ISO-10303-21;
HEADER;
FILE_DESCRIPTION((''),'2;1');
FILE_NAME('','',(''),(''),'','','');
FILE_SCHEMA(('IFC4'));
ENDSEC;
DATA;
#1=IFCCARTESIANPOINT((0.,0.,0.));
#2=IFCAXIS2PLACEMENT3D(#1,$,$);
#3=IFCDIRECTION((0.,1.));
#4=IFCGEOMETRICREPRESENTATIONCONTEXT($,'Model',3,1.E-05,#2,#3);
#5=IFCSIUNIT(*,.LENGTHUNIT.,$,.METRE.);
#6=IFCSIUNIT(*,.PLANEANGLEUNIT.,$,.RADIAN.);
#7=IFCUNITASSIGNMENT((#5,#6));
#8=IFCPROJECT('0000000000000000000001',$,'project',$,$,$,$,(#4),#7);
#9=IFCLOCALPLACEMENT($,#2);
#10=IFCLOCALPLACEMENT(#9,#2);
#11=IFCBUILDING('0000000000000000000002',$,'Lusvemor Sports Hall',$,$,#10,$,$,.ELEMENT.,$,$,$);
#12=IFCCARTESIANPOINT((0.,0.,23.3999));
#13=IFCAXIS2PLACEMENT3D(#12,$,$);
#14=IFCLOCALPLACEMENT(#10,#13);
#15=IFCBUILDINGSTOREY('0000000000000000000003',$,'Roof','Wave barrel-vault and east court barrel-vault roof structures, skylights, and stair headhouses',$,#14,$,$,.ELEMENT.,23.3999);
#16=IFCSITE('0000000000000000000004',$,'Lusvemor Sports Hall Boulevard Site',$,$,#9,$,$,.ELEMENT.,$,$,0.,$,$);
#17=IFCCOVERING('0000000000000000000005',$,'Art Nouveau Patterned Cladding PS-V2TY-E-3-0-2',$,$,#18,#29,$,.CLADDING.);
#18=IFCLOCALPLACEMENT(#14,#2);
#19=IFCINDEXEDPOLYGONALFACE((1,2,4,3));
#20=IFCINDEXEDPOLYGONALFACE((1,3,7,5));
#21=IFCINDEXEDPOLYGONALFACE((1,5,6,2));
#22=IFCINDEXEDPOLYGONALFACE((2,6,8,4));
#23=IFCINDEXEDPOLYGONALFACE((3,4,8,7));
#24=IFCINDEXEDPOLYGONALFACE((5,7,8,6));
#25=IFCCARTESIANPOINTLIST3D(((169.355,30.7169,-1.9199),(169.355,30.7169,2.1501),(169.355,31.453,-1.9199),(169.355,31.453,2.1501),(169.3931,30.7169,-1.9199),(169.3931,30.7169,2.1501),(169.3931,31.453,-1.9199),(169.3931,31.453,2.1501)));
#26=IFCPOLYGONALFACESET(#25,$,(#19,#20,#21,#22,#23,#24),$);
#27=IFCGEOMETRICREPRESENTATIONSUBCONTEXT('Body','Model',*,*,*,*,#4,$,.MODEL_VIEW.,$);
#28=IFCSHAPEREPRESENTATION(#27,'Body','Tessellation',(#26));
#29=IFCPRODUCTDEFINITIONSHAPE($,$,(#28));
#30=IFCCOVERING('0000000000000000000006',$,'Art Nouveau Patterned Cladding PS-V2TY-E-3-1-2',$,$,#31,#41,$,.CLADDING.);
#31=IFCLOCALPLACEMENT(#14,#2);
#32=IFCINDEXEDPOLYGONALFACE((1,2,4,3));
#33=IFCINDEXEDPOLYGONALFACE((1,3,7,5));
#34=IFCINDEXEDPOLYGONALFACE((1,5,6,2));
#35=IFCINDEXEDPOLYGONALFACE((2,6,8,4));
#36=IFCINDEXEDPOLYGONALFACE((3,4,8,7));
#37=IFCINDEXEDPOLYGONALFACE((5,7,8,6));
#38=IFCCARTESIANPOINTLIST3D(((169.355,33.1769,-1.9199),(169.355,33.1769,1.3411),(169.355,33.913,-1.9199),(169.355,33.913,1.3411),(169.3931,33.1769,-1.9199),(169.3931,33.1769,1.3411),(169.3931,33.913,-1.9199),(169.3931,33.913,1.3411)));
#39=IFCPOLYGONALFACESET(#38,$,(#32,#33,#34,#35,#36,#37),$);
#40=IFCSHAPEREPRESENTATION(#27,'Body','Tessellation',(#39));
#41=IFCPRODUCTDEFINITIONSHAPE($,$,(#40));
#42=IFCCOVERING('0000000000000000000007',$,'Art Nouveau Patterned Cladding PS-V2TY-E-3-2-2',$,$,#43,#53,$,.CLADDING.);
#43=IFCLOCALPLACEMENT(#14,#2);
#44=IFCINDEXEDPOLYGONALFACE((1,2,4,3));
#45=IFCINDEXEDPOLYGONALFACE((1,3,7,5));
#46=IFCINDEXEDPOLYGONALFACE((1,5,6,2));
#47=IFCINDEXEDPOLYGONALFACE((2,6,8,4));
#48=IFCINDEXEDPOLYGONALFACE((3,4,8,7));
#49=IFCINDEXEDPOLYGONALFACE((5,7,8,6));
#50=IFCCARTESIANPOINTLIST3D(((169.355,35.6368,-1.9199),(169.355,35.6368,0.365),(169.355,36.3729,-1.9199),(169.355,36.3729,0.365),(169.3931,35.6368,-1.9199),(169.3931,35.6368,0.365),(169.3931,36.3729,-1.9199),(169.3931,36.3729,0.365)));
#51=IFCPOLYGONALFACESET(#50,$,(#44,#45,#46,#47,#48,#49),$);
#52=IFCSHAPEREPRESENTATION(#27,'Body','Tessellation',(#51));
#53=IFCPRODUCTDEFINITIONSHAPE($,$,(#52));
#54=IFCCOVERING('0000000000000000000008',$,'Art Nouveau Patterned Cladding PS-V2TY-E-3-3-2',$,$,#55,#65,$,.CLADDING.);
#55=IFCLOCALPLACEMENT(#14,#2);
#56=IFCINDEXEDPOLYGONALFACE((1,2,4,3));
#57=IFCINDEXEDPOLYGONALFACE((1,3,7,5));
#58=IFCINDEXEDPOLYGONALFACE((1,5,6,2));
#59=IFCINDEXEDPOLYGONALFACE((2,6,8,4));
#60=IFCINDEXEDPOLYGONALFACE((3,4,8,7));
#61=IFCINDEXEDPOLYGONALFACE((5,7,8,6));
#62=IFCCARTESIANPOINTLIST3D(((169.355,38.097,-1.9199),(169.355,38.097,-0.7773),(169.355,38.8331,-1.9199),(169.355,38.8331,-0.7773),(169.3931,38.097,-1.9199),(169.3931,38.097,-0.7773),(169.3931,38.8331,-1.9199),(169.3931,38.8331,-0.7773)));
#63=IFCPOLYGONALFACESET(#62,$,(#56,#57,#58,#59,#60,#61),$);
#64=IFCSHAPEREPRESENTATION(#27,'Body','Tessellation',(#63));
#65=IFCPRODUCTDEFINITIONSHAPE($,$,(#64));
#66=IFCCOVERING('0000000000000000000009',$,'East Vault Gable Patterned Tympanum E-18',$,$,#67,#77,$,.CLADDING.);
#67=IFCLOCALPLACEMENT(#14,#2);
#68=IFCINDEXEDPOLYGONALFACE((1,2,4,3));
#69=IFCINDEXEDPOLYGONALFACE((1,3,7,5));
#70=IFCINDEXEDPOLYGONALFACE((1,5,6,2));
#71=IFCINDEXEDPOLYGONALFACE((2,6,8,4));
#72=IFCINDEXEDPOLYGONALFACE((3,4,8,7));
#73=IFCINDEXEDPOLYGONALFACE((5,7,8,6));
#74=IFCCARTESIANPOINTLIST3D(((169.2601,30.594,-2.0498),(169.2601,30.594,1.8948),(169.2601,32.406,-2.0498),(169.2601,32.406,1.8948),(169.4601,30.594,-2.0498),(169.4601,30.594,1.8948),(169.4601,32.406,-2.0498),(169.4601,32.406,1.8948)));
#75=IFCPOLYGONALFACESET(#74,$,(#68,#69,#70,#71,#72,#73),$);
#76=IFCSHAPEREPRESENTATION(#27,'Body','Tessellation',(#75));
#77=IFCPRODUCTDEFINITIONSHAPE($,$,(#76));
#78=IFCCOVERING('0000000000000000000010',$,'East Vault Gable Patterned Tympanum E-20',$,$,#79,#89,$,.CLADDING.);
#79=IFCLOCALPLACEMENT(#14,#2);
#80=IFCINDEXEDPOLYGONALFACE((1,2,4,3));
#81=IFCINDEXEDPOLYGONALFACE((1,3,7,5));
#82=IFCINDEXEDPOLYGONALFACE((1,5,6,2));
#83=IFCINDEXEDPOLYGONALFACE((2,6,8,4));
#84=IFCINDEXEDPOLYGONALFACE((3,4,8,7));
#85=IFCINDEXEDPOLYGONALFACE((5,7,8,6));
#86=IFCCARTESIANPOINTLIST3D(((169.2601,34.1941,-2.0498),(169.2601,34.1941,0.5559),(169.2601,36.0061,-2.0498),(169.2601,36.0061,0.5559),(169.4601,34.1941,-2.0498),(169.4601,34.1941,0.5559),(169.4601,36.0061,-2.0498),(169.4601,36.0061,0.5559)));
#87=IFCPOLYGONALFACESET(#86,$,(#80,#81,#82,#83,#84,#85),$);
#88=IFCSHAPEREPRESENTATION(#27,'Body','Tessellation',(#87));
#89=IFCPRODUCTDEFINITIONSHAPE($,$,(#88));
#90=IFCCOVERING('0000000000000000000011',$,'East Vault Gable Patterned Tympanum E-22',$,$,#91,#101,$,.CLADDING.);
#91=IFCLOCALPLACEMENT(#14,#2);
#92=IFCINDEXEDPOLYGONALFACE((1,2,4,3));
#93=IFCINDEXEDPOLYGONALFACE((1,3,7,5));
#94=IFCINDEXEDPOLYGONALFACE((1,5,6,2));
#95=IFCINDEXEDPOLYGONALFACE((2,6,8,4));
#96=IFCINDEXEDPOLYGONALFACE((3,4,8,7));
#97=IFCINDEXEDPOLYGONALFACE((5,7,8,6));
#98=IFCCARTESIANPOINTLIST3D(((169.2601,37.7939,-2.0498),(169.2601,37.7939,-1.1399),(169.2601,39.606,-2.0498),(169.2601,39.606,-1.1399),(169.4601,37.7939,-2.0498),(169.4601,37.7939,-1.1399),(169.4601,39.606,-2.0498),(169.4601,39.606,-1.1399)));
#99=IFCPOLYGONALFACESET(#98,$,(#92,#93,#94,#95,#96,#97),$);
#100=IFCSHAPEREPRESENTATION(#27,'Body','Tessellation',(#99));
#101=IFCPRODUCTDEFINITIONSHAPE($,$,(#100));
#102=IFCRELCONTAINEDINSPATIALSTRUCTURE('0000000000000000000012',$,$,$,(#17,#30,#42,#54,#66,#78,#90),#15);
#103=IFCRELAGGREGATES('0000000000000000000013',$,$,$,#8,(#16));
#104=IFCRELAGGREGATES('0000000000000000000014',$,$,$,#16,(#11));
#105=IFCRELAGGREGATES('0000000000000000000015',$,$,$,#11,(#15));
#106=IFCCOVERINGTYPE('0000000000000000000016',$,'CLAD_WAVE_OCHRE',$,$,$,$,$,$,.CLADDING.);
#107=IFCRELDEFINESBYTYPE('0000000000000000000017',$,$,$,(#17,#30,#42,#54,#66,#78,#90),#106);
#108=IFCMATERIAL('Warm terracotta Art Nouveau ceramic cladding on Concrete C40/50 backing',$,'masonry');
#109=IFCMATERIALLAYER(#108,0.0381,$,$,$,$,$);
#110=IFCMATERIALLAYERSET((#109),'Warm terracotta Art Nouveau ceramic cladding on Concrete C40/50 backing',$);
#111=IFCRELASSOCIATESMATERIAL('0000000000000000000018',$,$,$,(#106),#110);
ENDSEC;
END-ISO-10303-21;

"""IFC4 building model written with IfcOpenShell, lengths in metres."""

from ifc_helpers import new_model, si_unit, direction, frame, origin, origin_2d, place, context, subcontext, project, spatial, rectangle, extrude, material, layer, layer_set, type_object, element, save


model = new_model("IFC4")

# Units and contexts
model_context = context("Model", 3, precision=1e-05, world=origin(), true_north=direction((0.0, 1.0)))
body_context = subcontext(model_context, "Body", "Model", "MODEL_VIEW")
ifc_project = project(units=[si_unit("LENGTHUNIT", "METRE"), si_unit("PLANEANGLEUNIT", "RADIAN")], contexts=[model_context])

# Site, building, storey
site_placement = place(None, origin())
site = spatial("IfcSite", under=ifc_project, at=site_placement, Name="Lusvemor Sports Hall Boulevard Site", CompositionType="ELEMENT", RefElevation=0.0)
building_placement = place(site_placement, origin())
building = spatial("IfcBuilding", under=site, at=building_placement, Name="Lusvemor Sports Hall", CompositionType="ELEMENT")
storey_placement = place(building_placement, frame((0.0, 0.0, 23.3999)))
storey = spatial("IfcBuildingStorey", under=building, at=storey_placement, Name="Roof", Description="Wave barrel-vault and east court barrel-vault roof structures, skylights, and stair headhouses", CompositionType="ELEMENT", Elevation=23.3999)

# Coverings
ifc_material_1 = material(Name="Warm terracotta Art Nouveau ceramic cladding on Concrete C40/50 backing", Category="masonry")
ifc_layer_1 = layer(ifc_material_1, 0.0381)
ifc_layer_set_1 = layer_set([ifc_layer_1], Name="Warm terracotta Art Nouveau ceramic cladding on Concrete C40/50 backing")
covering_type_1 = type_object("IfcCoveringType", Name="CLAD_WAVE_OCHRE", PredefinedType="CLADDING", material=ifc_layer_set_1)
covering_1_placement = place(storey_placement, frame((169.374, 31.085, -1.9199), z_axis=(0.0, 0.0, 1.0), x_axis=(1.0, 0.0, 0.0)))
element("IfcCovering", 1, at=covering_1_placement, inside=storey, type_object=covering_type_1, Name="Art Nouveau Patterned Cladding PS-V2TY-E-3-0-2", PredefinedType="CLADDING", context=body_context, shape_type="SweptSolid", body=[
    extrude(rectangle(XDim=0.0381, YDim=0.7361, at=origin_2d()), origin(), (0.0, 0.0, 1.0), 4.0701),
])
covering_2_placement = place(storey_placement, frame((169.374, 33.5449, -1.9199), z_axis=(0.0, 0.0, 1.0), x_axis=(1.0, 0.0, 0.0)))
element("IfcCovering", 2, at=covering_2_placement, inside=storey, type_object=covering_type_1, Name="Art Nouveau Patterned Cladding PS-V2TY-E-3-1-2", PredefinedType="CLADDING", context=body_context, shape_type="SweptSolid", body=[
    extrude(rectangle(XDim=0.0381, YDim=0.7361, at=origin_2d()), origin(), (0.0, 0.0, 1.0), 3.261),
])
covering_3_placement = place(storey_placement, frame((169.374, 36.0049, -1.9199), z_axis=(0.0, 0.0, 1.0), x_axis=(1.0, 0.0, 0.0)))
element("IfcCovering", 3, at=covering_3_placement, inside=storey, type_object=covering_type_1, Name="Art Nouveau Patterned Cladding PS-V2TY-E-3-2-2", PredefinedType="CLADDING", context=body_context, shape_type="SweptSolid", body=[
    extrude(rectangle(XDim=0.0381, YDim=0.7361, at=origin_2d()), origin(), (0.0, 0.0, 1.0), 2.2849),
])
covering_4_placement = place(storey_placement, frame((169.374, 38.4651, -1.9199), z_axis=(0.0, 0.0, 1.0), x_axis=(1.0, 0.0, 0.0)))
element("IfcCovering", 4, at=covering_4_placement, inside=storey, type_object=covering_type_1, Name="Art Nouveau Patterned Cladding PS-V2TY-E-3-3-2", PredefinedType="CLADDING", context=body_context, shape_type="SweptSolid", body=[
    extrude(rectangle(XDim=0.0381, YDim=0.7361, at=origin_2d()), origin(), (0.0, 0.0, 1.0), 1.1426),
])
covering_5_placement = place(storey_placement, frame((169.3601, 31.5, -2.0498), z_axis=(0.0, 0.0, 1.0), x_axis=(1.0, 0.0, 0.0)))
element("IfcCovering", 5, at=covering_5_placement, inside=storey, type_object=covering_type_1, Name="East Vault Gable Patterned Tympanum E-18", PredefinedType="CLADDING", context=body_context, shape_type="SweptSolid", body=[
    extrude(rectangle(XDim=0.2, YDim=1.812, at=origin_2d()), origin(), (0.0, 0.0, 1.0), 3.9446),
])
covering_6_placement = place(storey_placement, frame((169.3601, 35.1001, -2.0498), z_axis=(0.0, 0.0, 1.0), x_axis=(1.0, 0.0, 0.0)))
element("IfcCovering", 6, at=covering_6_placement, inside=storey, type_object=covering_type_1, Name="East Vault Gable Patterned Tympanum E-20", PredefinedType="CLADDING", context=body_context, shape_type="SweptSolid", body=[
    extrude(rectangle(XDim=0.2, YDim=1.812, at=origin_2d()), origin(), (0.0, 0.0, 1.0), 2.6057),
])
covering_7_placement = place(storey_placement, frame((169.3601, 38.7, -2.0498), z_axis=(0.0, 0.0, 1.0), x_axis=(1.0, 0.0, 0.0)))
element("IfcCovering", 7, at=covering_7_placement, inside=storey, type_object=covering_type_1, Name="East Vault Gable Patterned Tympanum E-22", PredefinedType="CLADDING", context=body_context, shape_type="SweptSolid", body=[
    extrude(rectangle(XDim=0.2, YDim=1.812, at=origin_2d()), origin(), (0.0, 0.0, 1.0), 0.9099),
])

save(model, "model.ifc")
